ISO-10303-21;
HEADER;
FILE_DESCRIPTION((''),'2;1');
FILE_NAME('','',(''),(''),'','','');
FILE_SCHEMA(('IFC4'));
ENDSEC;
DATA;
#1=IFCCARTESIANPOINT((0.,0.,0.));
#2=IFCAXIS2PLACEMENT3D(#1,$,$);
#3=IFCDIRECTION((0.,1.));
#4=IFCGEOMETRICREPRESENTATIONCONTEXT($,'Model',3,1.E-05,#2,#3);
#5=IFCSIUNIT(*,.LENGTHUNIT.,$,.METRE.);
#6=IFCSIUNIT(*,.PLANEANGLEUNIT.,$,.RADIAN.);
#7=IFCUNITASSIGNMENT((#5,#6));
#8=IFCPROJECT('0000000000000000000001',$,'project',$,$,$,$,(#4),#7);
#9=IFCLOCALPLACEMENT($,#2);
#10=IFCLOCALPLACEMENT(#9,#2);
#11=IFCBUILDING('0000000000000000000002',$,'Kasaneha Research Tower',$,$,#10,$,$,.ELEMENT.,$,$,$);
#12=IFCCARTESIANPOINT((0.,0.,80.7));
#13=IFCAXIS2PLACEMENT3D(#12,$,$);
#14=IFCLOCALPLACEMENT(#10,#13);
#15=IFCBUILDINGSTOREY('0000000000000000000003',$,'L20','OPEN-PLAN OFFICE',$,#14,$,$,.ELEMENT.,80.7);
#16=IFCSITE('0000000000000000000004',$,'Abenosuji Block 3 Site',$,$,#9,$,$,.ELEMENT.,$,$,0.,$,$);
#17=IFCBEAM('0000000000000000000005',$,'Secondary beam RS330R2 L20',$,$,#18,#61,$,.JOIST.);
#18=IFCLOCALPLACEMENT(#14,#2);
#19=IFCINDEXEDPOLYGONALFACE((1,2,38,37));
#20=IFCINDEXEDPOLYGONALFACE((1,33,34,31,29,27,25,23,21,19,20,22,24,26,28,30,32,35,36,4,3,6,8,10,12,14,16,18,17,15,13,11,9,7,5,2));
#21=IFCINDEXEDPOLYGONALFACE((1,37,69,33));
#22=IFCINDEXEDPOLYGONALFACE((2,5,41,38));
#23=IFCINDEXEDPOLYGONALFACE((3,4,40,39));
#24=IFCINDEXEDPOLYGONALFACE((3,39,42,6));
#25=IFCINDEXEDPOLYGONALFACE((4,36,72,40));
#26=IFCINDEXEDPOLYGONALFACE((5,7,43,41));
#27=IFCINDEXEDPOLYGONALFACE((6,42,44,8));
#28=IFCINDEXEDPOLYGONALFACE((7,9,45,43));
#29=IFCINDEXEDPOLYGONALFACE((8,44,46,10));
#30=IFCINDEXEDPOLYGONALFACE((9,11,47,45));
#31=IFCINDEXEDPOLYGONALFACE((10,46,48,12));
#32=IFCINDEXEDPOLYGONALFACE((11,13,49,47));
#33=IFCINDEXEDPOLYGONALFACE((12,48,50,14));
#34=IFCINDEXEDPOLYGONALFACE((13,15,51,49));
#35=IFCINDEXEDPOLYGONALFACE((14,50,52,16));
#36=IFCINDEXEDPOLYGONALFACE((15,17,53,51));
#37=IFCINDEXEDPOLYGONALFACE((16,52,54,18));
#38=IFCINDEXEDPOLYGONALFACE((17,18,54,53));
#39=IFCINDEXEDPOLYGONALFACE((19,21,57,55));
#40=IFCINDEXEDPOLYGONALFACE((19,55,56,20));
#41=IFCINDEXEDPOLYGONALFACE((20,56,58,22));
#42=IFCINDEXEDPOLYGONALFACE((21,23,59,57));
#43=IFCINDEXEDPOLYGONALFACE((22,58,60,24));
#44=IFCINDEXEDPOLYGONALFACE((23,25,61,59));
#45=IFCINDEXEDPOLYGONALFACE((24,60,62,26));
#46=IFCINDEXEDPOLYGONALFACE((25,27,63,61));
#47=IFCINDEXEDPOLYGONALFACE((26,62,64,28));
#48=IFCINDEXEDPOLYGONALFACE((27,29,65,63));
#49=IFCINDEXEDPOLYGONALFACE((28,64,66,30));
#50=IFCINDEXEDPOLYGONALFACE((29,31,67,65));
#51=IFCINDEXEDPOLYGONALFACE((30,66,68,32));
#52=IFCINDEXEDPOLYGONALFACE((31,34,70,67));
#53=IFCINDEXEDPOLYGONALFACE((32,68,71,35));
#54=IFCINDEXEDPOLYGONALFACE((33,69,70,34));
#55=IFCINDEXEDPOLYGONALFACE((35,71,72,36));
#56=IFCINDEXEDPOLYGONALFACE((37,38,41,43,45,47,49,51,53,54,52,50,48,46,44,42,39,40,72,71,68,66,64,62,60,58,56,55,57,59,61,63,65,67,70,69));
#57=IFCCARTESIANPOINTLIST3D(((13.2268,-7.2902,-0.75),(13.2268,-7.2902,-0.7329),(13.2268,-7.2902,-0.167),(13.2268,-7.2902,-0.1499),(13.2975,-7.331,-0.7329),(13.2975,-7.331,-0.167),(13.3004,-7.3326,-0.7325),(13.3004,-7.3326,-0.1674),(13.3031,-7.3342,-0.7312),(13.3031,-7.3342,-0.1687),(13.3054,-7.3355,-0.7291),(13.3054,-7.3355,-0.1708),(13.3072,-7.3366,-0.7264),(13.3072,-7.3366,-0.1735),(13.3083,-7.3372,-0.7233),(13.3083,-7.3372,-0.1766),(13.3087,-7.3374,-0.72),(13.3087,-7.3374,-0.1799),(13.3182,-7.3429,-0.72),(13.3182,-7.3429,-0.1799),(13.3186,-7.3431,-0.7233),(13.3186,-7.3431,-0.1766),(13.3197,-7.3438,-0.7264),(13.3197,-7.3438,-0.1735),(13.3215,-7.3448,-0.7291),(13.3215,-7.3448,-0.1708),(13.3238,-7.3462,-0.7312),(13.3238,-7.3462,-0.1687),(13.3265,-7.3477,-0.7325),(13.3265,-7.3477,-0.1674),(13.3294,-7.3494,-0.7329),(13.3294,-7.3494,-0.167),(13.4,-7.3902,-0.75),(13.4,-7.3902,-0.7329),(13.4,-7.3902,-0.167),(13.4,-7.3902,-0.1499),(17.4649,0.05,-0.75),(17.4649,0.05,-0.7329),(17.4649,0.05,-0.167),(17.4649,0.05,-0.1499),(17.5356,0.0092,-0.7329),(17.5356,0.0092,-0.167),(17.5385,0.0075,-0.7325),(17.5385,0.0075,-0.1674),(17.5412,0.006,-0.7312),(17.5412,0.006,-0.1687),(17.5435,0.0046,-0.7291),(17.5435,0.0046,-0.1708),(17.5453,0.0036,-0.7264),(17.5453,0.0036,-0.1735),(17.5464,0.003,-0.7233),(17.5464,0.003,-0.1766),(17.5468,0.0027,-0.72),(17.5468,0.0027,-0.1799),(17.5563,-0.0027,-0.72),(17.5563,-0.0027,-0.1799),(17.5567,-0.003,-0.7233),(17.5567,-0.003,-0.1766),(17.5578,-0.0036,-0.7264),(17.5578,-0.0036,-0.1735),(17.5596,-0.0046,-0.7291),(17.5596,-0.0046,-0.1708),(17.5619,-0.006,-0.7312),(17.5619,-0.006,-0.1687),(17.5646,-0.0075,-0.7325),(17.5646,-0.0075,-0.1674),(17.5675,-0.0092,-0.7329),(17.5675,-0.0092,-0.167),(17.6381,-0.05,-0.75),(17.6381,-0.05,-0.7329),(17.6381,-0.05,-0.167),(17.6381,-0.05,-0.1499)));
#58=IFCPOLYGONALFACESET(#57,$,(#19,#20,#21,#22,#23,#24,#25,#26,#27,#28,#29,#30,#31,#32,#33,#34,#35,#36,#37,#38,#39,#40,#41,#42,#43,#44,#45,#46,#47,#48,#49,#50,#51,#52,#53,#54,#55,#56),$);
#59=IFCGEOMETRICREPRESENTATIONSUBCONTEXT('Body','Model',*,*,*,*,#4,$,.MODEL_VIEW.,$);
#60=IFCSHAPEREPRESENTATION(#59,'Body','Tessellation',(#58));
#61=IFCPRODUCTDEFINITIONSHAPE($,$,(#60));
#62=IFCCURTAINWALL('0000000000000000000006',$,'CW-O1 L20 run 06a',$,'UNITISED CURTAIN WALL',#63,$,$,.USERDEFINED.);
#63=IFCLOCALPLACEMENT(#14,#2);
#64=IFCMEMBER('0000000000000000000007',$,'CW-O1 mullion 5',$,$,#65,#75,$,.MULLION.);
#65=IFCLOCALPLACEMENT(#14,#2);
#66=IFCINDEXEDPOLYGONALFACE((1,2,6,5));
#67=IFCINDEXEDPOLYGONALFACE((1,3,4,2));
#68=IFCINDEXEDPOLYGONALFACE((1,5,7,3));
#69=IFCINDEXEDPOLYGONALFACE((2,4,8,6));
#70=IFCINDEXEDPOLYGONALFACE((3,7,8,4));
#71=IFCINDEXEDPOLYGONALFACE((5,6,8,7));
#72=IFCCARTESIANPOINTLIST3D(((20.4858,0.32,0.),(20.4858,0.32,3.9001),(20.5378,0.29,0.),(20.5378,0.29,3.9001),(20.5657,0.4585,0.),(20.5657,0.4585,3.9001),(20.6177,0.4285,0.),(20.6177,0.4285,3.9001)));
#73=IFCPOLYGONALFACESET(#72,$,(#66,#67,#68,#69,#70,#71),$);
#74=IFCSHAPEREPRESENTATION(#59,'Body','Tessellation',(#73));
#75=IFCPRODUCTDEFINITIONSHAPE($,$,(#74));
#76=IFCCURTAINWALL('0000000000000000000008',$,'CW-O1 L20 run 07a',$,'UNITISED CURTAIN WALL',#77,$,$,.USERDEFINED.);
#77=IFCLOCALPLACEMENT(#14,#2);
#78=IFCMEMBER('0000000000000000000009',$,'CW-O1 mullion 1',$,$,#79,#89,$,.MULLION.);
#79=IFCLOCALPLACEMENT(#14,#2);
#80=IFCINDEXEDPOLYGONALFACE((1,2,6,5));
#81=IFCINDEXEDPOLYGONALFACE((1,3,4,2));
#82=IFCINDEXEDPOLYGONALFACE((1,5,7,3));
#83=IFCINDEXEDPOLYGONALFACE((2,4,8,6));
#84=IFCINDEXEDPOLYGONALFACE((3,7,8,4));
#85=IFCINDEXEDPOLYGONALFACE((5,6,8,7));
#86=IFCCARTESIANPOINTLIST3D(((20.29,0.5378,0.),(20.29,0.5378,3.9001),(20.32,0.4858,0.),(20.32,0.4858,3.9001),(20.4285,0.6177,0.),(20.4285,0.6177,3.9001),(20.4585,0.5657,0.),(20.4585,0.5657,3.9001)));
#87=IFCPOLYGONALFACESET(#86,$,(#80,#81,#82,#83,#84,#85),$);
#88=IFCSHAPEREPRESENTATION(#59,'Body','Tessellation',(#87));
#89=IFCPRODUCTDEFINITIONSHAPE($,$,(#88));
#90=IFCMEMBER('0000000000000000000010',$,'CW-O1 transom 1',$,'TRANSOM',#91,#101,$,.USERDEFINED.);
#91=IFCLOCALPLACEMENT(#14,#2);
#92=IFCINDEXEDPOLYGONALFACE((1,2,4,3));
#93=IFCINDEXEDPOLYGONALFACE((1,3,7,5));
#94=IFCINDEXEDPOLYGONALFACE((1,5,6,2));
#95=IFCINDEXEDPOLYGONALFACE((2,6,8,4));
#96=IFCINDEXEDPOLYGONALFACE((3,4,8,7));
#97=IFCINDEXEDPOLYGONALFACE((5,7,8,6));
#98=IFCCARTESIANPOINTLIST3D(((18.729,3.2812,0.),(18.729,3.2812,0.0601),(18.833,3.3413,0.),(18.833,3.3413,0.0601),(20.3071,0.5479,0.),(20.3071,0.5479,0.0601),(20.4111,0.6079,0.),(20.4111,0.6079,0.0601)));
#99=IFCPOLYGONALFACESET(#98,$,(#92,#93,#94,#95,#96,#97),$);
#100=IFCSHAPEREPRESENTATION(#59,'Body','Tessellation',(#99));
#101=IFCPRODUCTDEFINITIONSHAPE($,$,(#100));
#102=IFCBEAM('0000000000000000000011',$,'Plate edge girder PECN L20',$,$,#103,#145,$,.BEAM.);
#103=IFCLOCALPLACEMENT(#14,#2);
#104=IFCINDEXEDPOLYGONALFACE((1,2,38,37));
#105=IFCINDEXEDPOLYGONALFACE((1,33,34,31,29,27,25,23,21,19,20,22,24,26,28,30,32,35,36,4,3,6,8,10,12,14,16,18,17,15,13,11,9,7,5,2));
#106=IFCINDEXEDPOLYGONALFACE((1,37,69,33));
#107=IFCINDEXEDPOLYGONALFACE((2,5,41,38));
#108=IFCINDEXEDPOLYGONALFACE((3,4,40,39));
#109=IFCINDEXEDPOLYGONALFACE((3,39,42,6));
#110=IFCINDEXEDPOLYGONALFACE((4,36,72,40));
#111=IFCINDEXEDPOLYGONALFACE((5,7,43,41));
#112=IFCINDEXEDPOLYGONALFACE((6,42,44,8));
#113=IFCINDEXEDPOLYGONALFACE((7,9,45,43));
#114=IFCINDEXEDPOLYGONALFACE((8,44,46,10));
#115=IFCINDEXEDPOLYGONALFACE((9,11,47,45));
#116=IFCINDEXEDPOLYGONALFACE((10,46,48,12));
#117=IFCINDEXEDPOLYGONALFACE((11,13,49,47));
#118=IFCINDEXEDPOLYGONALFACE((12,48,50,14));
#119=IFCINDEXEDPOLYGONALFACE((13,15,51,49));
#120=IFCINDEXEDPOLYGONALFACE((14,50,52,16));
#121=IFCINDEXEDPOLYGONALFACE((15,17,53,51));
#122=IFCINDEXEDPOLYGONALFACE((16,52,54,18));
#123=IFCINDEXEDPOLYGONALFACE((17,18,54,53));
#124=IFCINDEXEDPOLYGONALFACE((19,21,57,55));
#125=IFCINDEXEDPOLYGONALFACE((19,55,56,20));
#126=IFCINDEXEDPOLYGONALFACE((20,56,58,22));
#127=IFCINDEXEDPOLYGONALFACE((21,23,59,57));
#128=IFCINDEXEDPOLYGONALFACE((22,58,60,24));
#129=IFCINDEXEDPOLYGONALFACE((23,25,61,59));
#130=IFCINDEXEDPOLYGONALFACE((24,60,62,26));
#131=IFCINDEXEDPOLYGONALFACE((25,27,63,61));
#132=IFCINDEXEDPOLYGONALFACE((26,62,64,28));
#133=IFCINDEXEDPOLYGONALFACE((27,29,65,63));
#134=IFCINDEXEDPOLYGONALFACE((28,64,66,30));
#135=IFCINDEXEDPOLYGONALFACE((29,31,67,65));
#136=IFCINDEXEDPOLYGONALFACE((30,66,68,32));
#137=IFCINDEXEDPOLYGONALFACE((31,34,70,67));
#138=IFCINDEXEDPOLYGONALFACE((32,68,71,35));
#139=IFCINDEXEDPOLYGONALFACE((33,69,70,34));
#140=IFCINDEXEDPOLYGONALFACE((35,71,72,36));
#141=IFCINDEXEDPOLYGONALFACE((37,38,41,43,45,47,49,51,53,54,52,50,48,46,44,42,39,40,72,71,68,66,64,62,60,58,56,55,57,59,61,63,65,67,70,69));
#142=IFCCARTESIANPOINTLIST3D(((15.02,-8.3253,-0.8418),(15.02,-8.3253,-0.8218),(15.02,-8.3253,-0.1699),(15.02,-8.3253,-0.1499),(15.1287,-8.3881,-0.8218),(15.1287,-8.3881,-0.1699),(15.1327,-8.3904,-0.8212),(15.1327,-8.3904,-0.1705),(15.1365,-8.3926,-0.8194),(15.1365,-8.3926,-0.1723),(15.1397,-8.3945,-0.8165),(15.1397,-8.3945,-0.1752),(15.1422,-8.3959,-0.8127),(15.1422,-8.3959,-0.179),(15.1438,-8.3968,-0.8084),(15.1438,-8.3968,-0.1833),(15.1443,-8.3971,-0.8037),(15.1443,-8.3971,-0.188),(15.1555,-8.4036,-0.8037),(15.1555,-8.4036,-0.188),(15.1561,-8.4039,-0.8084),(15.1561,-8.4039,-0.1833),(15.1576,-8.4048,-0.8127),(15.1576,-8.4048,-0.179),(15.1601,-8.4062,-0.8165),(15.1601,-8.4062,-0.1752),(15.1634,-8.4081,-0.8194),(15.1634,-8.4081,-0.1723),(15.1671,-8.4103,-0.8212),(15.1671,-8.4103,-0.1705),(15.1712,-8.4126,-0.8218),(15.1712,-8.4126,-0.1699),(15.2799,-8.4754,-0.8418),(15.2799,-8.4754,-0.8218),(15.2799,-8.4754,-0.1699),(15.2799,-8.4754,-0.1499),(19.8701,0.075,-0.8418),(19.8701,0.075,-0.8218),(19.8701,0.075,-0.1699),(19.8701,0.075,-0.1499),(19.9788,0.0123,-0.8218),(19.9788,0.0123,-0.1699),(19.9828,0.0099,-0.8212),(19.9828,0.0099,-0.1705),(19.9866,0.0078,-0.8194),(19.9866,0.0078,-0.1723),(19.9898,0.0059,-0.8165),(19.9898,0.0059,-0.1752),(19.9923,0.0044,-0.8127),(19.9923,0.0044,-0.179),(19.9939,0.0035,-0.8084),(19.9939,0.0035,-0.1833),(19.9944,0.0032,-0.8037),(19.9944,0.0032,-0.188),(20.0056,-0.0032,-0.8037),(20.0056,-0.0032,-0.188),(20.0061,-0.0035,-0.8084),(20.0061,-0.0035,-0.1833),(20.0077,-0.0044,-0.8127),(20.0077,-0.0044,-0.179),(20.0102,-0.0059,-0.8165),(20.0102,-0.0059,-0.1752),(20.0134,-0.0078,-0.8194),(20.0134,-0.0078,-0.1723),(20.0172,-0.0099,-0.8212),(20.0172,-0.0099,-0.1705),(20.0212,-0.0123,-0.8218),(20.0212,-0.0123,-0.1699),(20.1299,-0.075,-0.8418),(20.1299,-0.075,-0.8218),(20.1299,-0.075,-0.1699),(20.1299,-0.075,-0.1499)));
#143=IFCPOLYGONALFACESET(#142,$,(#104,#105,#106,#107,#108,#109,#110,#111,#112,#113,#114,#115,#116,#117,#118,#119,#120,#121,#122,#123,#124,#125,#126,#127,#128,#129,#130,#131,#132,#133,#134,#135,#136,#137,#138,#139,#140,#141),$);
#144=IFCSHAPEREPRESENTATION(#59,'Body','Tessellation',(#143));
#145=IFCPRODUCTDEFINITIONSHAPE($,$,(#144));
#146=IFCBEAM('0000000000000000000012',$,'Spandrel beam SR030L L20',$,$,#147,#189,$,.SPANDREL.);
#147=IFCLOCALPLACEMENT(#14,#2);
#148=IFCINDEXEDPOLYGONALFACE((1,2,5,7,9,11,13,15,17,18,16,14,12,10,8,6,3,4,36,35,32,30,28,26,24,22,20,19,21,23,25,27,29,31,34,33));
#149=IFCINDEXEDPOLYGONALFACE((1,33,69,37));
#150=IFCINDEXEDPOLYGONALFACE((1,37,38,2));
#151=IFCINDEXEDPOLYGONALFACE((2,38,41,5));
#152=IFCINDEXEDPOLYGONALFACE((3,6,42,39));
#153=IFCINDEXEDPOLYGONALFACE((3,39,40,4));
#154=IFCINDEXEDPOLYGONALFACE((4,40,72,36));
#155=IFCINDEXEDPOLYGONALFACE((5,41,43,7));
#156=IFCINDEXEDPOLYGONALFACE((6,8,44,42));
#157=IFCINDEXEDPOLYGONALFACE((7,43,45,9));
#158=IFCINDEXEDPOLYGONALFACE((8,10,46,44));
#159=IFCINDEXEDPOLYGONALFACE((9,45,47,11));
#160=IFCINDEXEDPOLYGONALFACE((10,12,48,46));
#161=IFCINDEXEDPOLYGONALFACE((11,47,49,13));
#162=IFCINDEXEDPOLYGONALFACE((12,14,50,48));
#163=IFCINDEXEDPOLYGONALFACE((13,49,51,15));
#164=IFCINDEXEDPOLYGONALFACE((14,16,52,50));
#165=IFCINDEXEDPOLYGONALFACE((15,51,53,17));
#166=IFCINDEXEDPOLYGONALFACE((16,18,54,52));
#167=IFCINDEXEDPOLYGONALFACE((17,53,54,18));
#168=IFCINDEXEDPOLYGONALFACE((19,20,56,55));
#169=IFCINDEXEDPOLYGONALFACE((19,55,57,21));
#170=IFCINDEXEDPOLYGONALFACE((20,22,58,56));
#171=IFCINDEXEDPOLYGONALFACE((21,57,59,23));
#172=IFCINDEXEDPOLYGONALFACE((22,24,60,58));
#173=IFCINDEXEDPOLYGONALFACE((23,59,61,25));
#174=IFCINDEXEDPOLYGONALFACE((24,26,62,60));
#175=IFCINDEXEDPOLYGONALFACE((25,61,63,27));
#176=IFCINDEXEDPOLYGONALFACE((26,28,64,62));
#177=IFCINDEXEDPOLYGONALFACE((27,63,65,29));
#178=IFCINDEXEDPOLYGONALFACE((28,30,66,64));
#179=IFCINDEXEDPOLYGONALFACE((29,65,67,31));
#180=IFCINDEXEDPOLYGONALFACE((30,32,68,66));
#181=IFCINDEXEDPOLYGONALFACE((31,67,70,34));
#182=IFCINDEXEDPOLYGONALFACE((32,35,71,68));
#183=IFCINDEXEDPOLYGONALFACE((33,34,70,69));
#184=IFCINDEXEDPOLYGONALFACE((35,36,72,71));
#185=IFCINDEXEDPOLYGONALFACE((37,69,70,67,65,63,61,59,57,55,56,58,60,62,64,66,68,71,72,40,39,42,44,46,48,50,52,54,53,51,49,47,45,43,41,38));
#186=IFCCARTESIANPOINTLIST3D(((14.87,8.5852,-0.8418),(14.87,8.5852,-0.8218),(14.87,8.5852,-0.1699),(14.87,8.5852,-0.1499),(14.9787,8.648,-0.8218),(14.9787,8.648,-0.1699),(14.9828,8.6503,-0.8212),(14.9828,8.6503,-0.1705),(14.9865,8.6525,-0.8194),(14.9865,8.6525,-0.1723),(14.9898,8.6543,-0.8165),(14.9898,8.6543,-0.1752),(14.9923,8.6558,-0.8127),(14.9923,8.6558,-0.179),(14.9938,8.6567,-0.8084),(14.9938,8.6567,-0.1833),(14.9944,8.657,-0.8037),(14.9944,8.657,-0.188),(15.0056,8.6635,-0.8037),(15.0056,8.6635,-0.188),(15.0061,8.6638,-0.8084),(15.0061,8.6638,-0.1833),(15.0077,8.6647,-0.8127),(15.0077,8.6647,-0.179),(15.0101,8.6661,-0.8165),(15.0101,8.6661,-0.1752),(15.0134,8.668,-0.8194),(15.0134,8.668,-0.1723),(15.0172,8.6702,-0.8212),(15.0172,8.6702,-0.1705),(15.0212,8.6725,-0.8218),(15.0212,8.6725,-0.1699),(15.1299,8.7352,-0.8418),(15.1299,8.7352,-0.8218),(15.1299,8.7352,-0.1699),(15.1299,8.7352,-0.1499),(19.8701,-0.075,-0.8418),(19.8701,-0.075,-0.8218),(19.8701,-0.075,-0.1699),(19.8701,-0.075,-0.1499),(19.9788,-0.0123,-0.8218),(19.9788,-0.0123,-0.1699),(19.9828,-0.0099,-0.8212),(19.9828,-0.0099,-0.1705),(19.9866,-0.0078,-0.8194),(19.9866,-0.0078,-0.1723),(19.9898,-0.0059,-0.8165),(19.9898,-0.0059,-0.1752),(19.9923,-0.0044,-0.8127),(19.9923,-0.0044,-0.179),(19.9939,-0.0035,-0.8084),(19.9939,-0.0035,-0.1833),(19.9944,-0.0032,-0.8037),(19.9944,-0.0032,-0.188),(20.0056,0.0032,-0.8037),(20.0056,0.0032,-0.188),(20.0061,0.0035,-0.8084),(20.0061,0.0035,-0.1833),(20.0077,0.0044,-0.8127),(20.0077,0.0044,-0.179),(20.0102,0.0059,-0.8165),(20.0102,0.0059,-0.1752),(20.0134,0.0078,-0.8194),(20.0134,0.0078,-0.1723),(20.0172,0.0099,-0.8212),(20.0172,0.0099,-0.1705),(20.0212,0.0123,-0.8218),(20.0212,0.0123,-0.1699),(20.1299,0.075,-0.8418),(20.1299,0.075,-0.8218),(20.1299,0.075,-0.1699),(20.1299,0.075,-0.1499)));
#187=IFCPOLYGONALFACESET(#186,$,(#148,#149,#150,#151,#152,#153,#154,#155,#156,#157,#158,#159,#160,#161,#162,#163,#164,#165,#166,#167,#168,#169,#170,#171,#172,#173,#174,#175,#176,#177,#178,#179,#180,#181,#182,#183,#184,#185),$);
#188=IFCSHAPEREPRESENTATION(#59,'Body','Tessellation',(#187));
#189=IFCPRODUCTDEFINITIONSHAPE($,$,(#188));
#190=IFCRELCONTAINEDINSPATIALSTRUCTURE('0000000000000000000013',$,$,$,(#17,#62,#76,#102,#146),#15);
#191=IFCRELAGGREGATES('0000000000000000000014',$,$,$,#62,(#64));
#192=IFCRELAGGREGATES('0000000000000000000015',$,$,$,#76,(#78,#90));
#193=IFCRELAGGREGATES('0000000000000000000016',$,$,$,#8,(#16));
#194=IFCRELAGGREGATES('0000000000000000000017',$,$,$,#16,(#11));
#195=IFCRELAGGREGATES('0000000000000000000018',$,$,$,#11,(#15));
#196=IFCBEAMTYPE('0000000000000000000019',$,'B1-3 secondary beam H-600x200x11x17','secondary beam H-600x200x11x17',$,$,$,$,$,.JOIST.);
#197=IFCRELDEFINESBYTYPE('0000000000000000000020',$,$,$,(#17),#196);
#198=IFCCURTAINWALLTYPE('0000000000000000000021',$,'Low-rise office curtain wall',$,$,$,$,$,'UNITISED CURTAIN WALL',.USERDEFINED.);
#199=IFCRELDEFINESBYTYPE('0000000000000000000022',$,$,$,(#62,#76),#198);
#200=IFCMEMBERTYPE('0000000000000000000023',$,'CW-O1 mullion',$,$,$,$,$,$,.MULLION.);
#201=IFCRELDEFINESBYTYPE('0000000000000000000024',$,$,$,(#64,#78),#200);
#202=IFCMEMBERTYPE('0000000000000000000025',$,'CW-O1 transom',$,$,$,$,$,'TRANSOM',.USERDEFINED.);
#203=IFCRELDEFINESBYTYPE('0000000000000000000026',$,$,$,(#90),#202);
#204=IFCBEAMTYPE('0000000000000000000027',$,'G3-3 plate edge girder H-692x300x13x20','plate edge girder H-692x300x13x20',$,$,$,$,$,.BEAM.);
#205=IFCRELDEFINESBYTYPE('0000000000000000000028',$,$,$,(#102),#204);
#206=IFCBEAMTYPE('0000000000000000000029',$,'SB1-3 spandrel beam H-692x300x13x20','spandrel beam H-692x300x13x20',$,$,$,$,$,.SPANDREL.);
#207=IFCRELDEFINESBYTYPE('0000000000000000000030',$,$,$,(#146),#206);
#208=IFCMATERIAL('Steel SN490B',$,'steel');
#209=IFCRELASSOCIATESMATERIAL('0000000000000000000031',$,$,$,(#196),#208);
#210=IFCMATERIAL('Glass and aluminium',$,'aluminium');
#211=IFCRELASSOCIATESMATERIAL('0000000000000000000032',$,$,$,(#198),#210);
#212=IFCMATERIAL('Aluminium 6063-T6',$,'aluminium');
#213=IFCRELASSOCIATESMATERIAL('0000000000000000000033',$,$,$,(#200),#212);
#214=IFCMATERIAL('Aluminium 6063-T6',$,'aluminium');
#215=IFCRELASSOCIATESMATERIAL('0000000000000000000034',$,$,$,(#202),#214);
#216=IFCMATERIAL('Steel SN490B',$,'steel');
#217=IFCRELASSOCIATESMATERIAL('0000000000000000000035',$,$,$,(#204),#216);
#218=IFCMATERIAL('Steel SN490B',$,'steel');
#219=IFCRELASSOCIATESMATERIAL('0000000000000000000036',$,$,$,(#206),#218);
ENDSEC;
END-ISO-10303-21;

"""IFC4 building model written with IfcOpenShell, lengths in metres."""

from ifc_helpers import new_model, si_unit, direction, frame, origin, origin_2d, place, context, subcontext, project, spatial, rectangle, i_section, extrude, material, material_profile, profile_set, type_object, element, aggregate, save


model = new_model("IFC4")

# Units and contexts
model_context = context("Model", 3, precision=1e-05, world=origin(), true_north=direction((0.0, 1.0)))
body_context = subcontext(model_context, "Body", "Model", "MODEL_VIEW")
ifc_project = project(units=[si_unit("LENGTHUNIT", "METRE"), si_unit("PLANEANGLEUNIT", "RADIAN")], contexts=[model_context])

# Site, building, storey
site_placement = place(None, origin())
site = spatial("IfcSite", under=ifc_project, at=site_placement, Name="Abenosuji Block 3 Site", CompositionType="ELEMENT", RefElevation=0.0)
building_placement = place(site_placement, origin())
building = spatial("IfcBuilding", under=site, at=building_placement, Name="Kasaneha Research Tower", CompositionType="ELEMENT")
storey_placement = place(building_placement, frame((0.0, 0.0, 80.7)))
storey = spatial("IfcBuildingStorey", under=building, at=storey_placement, Name="L20", Description="OPEN-PLAN OFFICE", CompositionType="ELEMENT", Elevation=80.7)

# Beam
ifc_material_1 = material(Name="Steel SN490B", Category="steel")
ifc_material_profile_1 = material_profile(ifc_material_1, i_section(OverallWidth=0.2, OverallDepth=0.6001, WebThickness=0.011, FlangeThickness=0.0171, FilletRadius=0.0129, at=origin_2d()), Name="H-600x200x11x17")
ifc_profile_set_1 = profile_set([ifc_material_profile_1], Name="Steel SN490B")
beam_type_1 = type_object("IfcBeamType", Name="B1-3 secondary beam H-600x200x11x17", Description="secondary beam H-600x200x11x17", PredefinedType="JOIST", material=ifc_profile_set_1)
beam_1_placement = place(storey_placement, frame((17.5515, 0.0, -0.45), z_axis=(-0.500021, -0.866013, 0.0), x_axis=(0.866013, -0.500021, 0.0)))
element("IfcBeam", 1, at=beam_1_placement, inside=storey, type_object=beam_type_1, Name="Secondary beam RS330R2 L20", PredefinedType="JOIST", context=body_context, shape_type="SweptSolid", body=[
    extrude(i_section(OverallWidth=0.2, OverallDepth=0.6001, WebThickness=0.011, FlangeThickness=0.0171, FilletRadius=0.0129, at=origin_2d()), origin(), (0.0, 0.0, 1.0), 8.4758),
])

# Curtain wall, member
ifc_material_2 = material(Name="Glass and aluminium", Category="aluminium")
curtain_wall_type = type_object("IfcCurtainWallType", Name="Low-rise office curtain wall", ElementType="UNITISED CURTAIN WALL", PredefinedType="USERDEFINED", material=ifc_material_2)
curtain_wall_1_placement = place(storey_placement, origin())
curtain_wall_1 = element("IfcCurtainWall", 2, at=curtain_wall_1_placement, inside=storey, type_object=curtain_wall_type, Name="CW-O1 L20 run 06a", ObjectType="UNITISED CURTAIN WALL", PredefinedType="USERDEFINED")
ifc_material_3 = material(Name="Aluminium 6063-T6", Category="aluminium")
ifc_material_profile_2 = material_profile(ifc_material_3, rectangle(XDim=0.0601, YDim=0.1599, at=origin_2d()), Name="CW-O1 mullion 60x160")
ifc_profile_set_2 = profile_set([ifc_material_profile_2], Name="Aluminium 6063-T6")
member_type_1 = type_object("IfcMemberType", Name="CW-O1 mullion", PredefinedType="MULLION", material=ifc_profile_set_2)
member_1_placement = place(storey_placement, frame((20.5518, 0.3743, 0.0), z_axis=(0.0, 0.0, 1.0), x_axis=(-0.866025, 0.5, 0.0)))
member_1 = element("IfcMember", 3, at=member_1_placement, type_object=member_type_1, Name="CW-O1 mullion 5", PredefinedType="MULLION", context=body_context, shape_type="SweptSolid", body=[
    extrude(rectangle(XDim=0.0601, YDim=0.1599, at=origin_2d()), origin(), (0.0, 0.0, 1.0), 3.9001),
])
aggregate(curtain_wall_1, [member_1])

# Curtain wall, members
curtain_wall_2_placement = place(storey_placement, origin())
curtain_wall_2 = element("IfcCurtainWall", 4, at=curtain_wall_2_placement, inside=storey, type_object=curtain_wall_type, Name="CW-O1 L20 run 07a", ObjectType="UNITISED CURTAIN WALL", PredefinedType="USERDEFINED")
member_2_placement = place(storey_placement, frame((20.3743, 0.5518, 0.0), z_axis=(0.0, 0.0, 1.0), x_axis=(-0.5, 0.866025, 0.0)))
member_2 = element("IfcMember", 5, at=member_2_placement, type_object=member_type_1, Name="CW-O1 mullion 1", PredefinedType="MULLION", context=body_context, shape_type="SweptSolid", body=[
    extrude(rectangle(XDim=0.0601, YDim=0.1599, at=origin_2d()), origin(), (0.0, 0.0, 1.0), 3.9001),
])
ifc_material_4 = material(Name="Aluminium 6063-T6", Category="aluminium")
ifc_material_profile_3 = material_profile(ifc_material_4, rectangle(XDim=0.1201, YDim=0.0601, at=origin_2d()), Name="CW-O1 transom 120x60")
ifc_profile_set_3 = profile_set([ifc_material_profile_3], Name="Aluminium 6063-T6")
member_type_2 = type_object("IfcMemberType", Name="CW-O1 transom", ElementType="TRANSOM", PredefinedType="USERDEFINED", material=ifc_profile_set_3)
member_3_placement = place(storey_placement, frame((20.3591, 0.5779, 0.03), z_axis=(-0.499999, 0.866026, 0.0), x_axis=(-0.866026, -0.499999, 0.0)))
member_3 = element("IfcMember", 6, at=member_3_placement, type_object=member_type_2, Name="CW-O1 transom 1", ObjectType="TRANSOM", PredefinedType="USERDEFINED", context=body_context, shape_type="SweptSolid", body=[
    extrude(rectangle(XDim=0.1201, YDim=0.0601, at=origin_2d()), origin(), (0.0, 0.0, 1.0), 3.1562),
])

# Beams
ifc_material_5 = material(Name="Steel SN490B", Category="steel")
ifc_material_profile_4 = material_profile(ifc_material_5, i_section(OverallWidth=0.3, OverallDepth=0.6919, WebThickness=0.0129, FlangeThickness=0.02, FilletRadius=0.0181, at=origin_2d()), Name="H-692x300x13x20")
ifc_profile_set_4 = profile_set([ifc_material_profile_4], Name="Steel SN490B")
beam_type_2 = type_object("IfcBeamType", Name="G3-3 plate edge girder H-692x300x13x20", Description="plate edge girder H-692x300x13x20", PredefinedType="BEAM", material=ifc_profile_set_4)
beam_2_placement = place(storey_placement, frame((20.0, 0.0, -0.4958), z_axis=(-0.50001, -0.86602, 0.0), x_axis=(0.86602, -0.50001, 0.0)))
element("IfcBeam", 7, at=beam_2_placement, inside=storey, type_object=beam_type_2, Name="Plate edge girder PECN L20", PredefinedType="BEAM", context=body_context, shape_type="SweptSolid", body=[
    extrude(i_section(OverallWidth=0.3, OverallDepth=0.6919, WebThickness=0.0129, FlangeThickness=0.02, FilletRadius=0.0181, at=origin_2d()), origin(), (0.0, 0.0, 1.0), 9.7),
])
ifc_material_6 = material(Name="Steel SN490B", Category="steel")
ifc_material_profile_5 = material_profile(ifc_material_6, i_section(OverallWidth=0.3, OverallDepth=0.6919, WebThickness=0.0129, FlangeThickness=0.02, FilletRadius=0.0181, at=origin_2d()), Name="H-692x300x13x20")
ifc_profile_set_5 = profile_set([ifc_material_profile_5], Name="Steel SN490B")
beam_type_3 = type_object("IfcBeamType", Name="SB1-3 spandrel beam H-692x300x13x20", Description="spandrel beam H-692x300x13x20", PredefinedType="SPANDREL", material=ifc_profile_set_5)
beam_3_placement = place(storey_placement, frame((20.0, 0.0, -0.4958), z_axis=(-0.500004, 0.866023, 0.0), x_axis=(-0.866023, -0.500004, 0.0)))
element("IfcBeam", 8, at=beam_3_placement, inside=storey, type_object=beam_type_3, Name="Spandrel beam SR030L L20", PredefinedType="SPANDREL", context=body_context, shape_type="SweptSolid", body=[
    extrude(i_section(OverallWidth=0.3, OverallDepth=0.6919, WebThickness=0.0129, FlangeThickness=0.02, FilletRadius=0.0181, at=origin_2d()), origin(), (0.0, 0.0, 1.0), 10.0),
])

aggregate(curtain_wall_2, [member_2, member_3])

save(model, "model.ifc")
